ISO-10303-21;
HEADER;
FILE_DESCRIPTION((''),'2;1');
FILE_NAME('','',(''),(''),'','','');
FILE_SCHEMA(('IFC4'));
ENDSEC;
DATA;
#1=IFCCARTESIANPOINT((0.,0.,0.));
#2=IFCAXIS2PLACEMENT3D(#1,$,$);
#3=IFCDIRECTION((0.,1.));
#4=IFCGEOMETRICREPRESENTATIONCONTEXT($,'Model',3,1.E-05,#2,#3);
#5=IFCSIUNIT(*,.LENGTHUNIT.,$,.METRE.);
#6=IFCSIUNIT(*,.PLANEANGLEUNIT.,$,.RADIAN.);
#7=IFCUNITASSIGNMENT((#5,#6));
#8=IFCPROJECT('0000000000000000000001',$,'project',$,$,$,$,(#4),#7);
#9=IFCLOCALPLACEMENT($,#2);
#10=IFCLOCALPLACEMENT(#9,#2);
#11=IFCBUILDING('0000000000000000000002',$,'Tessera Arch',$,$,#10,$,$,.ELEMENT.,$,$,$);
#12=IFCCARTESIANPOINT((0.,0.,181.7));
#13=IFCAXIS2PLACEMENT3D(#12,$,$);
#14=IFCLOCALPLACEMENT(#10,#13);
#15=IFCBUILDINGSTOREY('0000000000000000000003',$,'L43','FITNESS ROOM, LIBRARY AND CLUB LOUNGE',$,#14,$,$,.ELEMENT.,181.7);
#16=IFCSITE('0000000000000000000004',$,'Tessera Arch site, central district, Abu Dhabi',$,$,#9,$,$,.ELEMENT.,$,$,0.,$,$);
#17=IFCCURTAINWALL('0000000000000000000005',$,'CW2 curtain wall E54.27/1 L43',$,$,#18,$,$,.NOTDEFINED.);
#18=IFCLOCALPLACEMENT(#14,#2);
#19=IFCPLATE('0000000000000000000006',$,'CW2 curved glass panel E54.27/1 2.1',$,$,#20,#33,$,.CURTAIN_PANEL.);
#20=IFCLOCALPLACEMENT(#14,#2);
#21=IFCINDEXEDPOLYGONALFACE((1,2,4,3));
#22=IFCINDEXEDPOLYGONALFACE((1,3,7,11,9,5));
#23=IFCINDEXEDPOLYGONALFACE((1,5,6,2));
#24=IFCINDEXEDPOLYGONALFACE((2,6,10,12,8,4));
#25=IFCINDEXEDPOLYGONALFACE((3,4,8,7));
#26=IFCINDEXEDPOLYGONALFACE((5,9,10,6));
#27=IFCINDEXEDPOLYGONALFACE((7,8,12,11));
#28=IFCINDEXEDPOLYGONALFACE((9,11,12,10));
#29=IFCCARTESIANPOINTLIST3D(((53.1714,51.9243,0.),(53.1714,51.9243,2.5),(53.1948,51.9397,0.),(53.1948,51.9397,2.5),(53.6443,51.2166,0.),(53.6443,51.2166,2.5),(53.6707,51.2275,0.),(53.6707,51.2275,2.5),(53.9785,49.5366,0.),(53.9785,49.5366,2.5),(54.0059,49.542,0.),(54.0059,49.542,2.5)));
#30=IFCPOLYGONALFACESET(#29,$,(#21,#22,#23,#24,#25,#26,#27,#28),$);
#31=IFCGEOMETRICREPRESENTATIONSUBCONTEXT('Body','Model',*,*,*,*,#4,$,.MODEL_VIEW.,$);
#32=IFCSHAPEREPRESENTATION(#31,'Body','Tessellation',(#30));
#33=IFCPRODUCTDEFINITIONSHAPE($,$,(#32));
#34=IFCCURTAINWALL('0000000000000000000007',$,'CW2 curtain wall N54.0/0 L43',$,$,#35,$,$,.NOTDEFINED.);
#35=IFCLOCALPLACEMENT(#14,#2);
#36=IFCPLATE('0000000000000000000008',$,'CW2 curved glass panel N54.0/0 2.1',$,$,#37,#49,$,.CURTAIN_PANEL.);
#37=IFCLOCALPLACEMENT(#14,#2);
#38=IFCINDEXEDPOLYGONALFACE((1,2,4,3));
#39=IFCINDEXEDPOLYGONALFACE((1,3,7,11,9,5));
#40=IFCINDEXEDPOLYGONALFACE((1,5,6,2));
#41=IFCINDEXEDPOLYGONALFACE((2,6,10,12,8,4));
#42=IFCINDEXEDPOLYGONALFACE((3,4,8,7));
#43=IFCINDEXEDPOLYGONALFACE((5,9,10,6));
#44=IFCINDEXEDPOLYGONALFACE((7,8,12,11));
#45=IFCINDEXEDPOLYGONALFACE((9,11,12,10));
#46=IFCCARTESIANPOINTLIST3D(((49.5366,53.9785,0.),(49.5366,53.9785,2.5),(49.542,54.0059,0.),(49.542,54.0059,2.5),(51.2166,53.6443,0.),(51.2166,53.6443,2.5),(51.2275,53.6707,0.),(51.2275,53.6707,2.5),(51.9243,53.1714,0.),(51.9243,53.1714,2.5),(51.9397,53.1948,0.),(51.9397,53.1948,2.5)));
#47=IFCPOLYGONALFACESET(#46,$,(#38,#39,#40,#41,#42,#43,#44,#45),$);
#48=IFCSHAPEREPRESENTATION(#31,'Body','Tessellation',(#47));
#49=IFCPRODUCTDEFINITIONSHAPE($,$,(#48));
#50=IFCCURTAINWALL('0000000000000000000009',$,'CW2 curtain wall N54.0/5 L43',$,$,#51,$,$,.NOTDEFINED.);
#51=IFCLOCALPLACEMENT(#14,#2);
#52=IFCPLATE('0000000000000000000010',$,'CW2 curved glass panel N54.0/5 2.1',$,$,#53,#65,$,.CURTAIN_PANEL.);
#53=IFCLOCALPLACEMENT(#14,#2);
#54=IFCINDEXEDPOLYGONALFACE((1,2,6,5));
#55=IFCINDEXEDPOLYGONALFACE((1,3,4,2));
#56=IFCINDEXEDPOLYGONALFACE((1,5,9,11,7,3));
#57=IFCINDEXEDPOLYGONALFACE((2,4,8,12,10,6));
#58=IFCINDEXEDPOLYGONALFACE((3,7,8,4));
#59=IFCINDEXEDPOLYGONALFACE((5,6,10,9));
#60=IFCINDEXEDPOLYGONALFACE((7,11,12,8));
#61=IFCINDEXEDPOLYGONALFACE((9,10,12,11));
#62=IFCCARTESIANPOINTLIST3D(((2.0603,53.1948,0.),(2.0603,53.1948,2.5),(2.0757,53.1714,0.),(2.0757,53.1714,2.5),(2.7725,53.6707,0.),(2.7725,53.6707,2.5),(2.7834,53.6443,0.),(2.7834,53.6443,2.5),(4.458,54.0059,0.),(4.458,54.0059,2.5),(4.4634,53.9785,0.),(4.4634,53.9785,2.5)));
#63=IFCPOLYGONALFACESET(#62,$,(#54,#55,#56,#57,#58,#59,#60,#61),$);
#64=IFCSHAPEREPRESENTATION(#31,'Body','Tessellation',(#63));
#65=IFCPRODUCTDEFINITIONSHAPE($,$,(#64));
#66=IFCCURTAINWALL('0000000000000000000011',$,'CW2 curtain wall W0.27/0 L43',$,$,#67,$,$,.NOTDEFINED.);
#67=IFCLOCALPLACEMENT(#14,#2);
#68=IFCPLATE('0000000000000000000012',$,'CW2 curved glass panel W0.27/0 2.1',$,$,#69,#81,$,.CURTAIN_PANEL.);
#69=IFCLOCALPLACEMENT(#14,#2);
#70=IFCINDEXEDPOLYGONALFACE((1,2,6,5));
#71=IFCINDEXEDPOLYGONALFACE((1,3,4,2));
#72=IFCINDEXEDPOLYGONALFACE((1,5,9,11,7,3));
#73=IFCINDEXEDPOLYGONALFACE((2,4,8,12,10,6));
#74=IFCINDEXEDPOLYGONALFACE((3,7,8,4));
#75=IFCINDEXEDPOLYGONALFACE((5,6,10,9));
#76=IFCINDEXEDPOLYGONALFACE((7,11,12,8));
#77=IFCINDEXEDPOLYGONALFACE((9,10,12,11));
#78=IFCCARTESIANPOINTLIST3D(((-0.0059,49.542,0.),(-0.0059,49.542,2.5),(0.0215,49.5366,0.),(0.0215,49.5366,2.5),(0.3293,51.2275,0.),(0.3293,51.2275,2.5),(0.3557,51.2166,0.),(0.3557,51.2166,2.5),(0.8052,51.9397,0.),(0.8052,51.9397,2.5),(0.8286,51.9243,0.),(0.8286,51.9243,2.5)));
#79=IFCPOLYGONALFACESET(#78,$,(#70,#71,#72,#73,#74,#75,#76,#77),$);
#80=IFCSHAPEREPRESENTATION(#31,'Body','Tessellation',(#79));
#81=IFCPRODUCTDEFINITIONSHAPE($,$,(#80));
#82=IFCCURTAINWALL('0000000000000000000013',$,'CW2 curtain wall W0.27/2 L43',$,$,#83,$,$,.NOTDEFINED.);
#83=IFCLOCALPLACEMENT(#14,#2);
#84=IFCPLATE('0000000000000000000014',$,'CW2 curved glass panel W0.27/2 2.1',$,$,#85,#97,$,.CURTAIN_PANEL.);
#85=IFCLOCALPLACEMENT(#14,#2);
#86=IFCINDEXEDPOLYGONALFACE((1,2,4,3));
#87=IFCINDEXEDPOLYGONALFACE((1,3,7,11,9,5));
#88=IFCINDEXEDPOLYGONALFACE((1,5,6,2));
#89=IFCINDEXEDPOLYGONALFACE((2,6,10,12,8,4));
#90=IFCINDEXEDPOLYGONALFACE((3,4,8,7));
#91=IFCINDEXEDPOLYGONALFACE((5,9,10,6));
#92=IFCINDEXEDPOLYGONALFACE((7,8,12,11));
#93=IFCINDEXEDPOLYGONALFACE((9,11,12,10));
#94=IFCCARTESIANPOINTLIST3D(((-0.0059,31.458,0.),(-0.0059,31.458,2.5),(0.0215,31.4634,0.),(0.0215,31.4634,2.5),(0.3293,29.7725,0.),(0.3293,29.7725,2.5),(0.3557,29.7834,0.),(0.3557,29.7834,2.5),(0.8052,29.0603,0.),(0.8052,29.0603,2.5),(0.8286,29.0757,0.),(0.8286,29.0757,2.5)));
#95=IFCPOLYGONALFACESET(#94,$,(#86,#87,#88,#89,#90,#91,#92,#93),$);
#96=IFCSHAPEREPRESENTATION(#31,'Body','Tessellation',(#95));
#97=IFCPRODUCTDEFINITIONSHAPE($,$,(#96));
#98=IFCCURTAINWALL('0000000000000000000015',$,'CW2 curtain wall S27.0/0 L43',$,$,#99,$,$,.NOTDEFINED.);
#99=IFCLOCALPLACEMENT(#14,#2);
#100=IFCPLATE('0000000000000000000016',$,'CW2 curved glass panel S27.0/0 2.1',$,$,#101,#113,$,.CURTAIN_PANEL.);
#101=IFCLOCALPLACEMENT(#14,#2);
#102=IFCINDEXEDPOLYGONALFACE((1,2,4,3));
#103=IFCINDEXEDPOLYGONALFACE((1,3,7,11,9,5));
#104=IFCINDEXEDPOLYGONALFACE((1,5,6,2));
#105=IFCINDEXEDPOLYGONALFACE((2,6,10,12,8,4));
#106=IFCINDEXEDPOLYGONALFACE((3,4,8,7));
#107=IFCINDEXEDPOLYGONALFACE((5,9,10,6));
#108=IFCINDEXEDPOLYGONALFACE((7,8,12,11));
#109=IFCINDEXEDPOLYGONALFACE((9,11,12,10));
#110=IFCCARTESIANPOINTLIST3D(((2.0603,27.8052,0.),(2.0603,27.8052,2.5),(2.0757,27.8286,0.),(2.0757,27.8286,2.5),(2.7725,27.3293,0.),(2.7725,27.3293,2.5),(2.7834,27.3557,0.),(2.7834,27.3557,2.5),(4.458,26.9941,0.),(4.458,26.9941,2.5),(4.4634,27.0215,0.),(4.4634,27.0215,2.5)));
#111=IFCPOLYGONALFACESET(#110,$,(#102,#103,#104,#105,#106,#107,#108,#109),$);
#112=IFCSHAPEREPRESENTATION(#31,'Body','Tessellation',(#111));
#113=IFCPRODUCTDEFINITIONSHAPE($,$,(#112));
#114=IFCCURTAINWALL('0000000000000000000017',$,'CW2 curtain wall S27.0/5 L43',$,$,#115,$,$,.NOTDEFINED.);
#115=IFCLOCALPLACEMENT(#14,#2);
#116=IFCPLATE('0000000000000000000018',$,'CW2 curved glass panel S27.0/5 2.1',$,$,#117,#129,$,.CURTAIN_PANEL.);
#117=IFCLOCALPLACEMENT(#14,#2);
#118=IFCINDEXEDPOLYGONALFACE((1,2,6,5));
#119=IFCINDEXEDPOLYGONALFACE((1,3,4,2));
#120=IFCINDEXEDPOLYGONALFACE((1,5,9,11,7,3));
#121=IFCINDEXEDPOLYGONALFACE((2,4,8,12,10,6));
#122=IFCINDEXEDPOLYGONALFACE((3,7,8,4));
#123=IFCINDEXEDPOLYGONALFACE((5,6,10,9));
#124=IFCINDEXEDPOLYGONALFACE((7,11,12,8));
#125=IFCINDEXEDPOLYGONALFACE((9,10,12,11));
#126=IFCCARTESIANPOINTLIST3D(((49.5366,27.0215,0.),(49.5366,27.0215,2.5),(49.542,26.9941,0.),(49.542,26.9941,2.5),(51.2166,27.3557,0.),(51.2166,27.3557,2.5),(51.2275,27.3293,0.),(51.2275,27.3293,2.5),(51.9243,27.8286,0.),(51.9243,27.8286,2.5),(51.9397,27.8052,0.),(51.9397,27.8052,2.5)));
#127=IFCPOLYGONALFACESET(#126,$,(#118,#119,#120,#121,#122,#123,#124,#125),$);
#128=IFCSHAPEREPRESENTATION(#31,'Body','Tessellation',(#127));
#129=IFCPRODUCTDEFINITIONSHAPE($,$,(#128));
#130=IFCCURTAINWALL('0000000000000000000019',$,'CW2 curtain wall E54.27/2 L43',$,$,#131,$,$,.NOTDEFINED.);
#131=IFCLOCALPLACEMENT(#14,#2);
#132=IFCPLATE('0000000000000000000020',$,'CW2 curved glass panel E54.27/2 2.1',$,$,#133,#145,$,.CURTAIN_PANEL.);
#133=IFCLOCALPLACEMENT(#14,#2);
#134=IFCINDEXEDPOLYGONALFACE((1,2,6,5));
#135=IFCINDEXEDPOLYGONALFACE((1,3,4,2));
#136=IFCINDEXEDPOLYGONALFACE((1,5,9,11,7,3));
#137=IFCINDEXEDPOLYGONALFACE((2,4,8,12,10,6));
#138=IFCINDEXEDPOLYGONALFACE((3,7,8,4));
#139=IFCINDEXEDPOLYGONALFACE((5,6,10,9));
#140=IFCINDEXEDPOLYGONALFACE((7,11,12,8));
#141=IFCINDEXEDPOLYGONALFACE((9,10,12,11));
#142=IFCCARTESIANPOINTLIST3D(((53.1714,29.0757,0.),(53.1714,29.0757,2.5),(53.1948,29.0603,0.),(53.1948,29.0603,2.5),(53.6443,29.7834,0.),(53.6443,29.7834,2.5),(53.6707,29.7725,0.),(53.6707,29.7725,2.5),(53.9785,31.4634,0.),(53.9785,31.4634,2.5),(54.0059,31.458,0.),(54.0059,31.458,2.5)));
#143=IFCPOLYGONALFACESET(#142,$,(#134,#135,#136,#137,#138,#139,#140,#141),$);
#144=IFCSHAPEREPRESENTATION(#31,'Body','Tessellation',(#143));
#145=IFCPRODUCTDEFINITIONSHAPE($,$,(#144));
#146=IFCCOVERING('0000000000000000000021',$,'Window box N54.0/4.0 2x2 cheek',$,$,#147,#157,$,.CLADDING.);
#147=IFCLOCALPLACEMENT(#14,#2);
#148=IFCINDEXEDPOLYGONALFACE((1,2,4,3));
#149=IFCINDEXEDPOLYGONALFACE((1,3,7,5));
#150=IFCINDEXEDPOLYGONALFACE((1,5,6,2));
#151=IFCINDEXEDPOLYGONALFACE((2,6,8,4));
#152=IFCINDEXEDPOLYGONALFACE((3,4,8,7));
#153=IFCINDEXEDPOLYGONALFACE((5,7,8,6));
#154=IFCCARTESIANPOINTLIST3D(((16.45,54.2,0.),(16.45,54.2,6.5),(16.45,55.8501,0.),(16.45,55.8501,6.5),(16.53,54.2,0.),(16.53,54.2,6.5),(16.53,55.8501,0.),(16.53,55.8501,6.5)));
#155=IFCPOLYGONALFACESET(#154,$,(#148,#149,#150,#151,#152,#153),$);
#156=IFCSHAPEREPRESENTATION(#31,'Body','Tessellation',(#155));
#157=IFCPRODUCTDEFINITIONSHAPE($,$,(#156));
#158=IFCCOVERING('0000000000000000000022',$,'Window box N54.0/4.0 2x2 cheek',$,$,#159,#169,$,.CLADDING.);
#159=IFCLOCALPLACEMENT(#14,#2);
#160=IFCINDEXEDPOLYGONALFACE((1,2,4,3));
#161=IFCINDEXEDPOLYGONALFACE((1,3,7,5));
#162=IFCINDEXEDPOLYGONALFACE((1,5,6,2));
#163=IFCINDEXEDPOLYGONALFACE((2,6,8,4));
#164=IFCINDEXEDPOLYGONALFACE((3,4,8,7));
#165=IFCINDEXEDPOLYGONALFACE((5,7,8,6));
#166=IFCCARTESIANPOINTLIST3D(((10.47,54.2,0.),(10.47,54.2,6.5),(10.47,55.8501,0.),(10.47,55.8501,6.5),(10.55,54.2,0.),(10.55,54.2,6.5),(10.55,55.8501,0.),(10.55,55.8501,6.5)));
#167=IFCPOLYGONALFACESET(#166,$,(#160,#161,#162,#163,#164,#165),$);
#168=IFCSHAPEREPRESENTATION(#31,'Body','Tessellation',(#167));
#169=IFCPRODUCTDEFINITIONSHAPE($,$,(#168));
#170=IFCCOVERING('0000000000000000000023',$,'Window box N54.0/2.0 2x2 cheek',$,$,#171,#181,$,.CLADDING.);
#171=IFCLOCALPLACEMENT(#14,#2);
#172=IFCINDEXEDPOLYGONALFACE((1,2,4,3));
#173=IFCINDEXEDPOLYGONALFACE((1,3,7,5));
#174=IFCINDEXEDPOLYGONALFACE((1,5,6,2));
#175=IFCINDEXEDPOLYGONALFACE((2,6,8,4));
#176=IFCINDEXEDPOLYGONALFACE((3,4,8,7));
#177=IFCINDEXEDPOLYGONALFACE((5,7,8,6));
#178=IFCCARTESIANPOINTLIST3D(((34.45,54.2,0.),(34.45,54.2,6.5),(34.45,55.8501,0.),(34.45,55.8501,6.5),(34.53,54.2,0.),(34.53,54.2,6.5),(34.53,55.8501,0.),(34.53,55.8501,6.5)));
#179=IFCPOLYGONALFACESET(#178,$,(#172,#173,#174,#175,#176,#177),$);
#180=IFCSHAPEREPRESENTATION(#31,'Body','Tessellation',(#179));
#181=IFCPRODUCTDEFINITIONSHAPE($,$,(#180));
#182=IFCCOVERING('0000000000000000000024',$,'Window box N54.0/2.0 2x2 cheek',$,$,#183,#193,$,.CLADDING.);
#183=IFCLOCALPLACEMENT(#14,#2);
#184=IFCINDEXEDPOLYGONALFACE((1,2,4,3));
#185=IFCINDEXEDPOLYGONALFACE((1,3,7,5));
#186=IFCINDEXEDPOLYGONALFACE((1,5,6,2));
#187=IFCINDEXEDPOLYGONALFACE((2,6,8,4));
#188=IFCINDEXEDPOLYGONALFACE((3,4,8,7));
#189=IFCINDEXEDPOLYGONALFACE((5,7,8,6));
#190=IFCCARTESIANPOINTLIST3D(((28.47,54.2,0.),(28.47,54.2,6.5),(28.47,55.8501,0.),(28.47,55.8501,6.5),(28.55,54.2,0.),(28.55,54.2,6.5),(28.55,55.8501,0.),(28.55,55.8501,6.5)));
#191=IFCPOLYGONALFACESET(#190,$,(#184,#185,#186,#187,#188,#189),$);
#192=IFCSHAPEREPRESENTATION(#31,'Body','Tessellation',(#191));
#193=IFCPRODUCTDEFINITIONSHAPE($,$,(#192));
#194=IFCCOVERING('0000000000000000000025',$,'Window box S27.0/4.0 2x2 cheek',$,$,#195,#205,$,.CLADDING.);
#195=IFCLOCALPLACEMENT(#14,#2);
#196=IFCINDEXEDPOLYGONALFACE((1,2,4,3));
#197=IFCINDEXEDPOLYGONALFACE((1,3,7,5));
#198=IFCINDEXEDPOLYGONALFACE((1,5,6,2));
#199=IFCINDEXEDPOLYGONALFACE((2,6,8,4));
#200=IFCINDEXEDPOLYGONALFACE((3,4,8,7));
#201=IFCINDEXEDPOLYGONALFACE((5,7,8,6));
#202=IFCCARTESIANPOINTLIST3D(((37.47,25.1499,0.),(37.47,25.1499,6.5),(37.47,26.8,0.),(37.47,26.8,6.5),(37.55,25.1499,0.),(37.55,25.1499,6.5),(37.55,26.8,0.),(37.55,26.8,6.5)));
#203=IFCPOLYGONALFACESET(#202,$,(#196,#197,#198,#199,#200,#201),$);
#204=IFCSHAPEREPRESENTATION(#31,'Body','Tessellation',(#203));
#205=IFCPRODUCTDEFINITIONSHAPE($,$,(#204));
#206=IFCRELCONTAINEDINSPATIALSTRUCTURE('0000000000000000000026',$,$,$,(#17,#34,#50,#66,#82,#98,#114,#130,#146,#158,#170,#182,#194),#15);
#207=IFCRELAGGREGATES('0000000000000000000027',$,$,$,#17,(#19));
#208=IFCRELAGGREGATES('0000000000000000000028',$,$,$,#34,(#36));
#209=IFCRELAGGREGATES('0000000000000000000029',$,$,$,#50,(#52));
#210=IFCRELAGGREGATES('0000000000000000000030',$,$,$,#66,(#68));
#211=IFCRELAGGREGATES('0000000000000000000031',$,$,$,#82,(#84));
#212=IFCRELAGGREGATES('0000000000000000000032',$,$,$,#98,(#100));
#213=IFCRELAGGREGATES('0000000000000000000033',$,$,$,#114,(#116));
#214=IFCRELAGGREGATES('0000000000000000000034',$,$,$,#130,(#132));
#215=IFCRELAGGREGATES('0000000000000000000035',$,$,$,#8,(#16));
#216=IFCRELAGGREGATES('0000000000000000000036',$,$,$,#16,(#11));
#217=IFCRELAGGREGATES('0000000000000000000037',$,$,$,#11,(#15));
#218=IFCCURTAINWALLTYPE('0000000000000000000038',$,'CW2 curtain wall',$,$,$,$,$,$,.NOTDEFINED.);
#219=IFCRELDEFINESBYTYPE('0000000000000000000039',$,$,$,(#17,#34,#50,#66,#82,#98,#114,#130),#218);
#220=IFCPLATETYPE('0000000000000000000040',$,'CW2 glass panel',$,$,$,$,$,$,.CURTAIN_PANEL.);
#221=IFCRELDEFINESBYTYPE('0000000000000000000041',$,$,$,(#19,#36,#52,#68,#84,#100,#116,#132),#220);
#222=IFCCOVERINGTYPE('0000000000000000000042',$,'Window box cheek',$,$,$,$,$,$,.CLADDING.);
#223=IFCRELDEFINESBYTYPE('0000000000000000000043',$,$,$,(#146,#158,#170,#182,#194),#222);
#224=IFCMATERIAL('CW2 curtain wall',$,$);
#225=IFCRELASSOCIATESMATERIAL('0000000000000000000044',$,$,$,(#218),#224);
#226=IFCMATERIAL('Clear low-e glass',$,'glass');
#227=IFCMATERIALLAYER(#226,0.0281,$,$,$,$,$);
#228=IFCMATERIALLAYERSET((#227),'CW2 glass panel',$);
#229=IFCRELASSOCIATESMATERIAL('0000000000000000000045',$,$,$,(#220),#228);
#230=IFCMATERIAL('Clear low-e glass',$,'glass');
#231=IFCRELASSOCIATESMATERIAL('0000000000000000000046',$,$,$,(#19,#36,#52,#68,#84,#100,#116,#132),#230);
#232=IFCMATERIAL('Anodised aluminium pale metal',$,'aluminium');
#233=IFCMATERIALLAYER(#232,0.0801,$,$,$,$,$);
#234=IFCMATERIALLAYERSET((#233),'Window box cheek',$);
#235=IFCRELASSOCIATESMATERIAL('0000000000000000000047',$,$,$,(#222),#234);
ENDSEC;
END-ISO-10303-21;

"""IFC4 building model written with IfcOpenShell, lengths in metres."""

from ifc_helpers import new_model, si_unit, direction, frame, origin, place, context, subcontext, project, spatial, polyline, outline, extrude, material, layer, layer_set, type_object, element, aggregate, save


model = new_model("IFC4")

# Units and contexts
model_context = context("Model", 3, precision=1e-05, world=origin(), true_north=direction((0.0, 1.0)))
body_context = subcontext(model_context, "Body", "Model", "MODEL_VIEW")
ifc_project = project(units=[si_unit("LENGTHUNIT", "METRE"), si_unit("PLANEANGLEUNIT", "RADIAN")], contexts=[model_context])

# Site, building, storey
site_placement = place(None, origin())
site = spatial("IfcSite", under=ifc_project, at=site_placement, Name="Tessera Arch site, central district, Abu Dhabi", CompositionType="ELEMENT", RefElevation=0.0)
building_placement = place(site_placement, origin())
building = spatial("IfcBuilding", under=site, at=building_placement, Name="Tessera Arch", CompositionType="ELEMENT")
storey_placement = place(building_placement, frame((0.0, 0.0, 181.7)))
storey = spatial("IfcBuildingStorey", under=building, at=storey_placement, Name="L43", Description="FITNESS ROOM, LIBRARY AND CLUB LOUNGE", CompositionType="ELEMENT", Elevation=181.7)

# Curtain walls, plates
ifc_material_1 = material(Name="CW2 curtain wall")
curtain_wall_type = type_object("IfcCurtainWallType", Name="CW2 curtain wall", PredefinedType="NOTDEFINED", material=ifc_material_1)
curtain_wall_1_placement = place(storey_placement, origin())
curtain_wall_1 = element("IfcCurtainWall", 1, at=curtain_wall_1_placement, inside=storey, type_object=curtain_wall_type, Name="CW2 curtain wall E54.27/1 L43", PredefinedType="NOTDEFINED")
ifc_material_2 = material(Name="Clear low-e glass", Category="glass")
ifc_material_3 = material(Name="Clear low-e glass", Category="glass")
ifc_layer_1 = layer(ifc_material_3, 0.0281)
ifc_layer_set_1 = layer_set([ifc_layer_1], Name="CW2 glass panel")
plate_type = type_object("IfcPlateType", Name="CW2 glass panel", PredefinedType="CURTAIN_PANEL", material=ifc_layer_set_1)
plate_1_placement = place(storey_placement, origin())
plate_1 = element("IfcPlate", 2, at=plate_1_placement, type_object=plate_type, material=ifc_material_2, Name="CW2 curved glass panel E54.27/1 2.1", PredefinedType="CURTAIN_PANEL", context=body_context, shape_type="SweptSolid", body=[
    extrude(outline(polyline([(53.6443, 51.2166), (53.9785, 49.5366), (54.0059, 49.542), (53.6707, 51.2275), (53.1948, 51.9397), (53.1714, 51.9243), (53.6443, 51.2166)])), origin(), (0.0, 0.0, 1.0), 2.5),
])
aggregate(curtain_wall_1, [plate_1])
curtain_wall_2_placement = place(storey_placement, origin())
curtain_wall_2 = element("IfcCurtainWall", 3, at=curtain_wall_2_placement, inside=storey, type_object=curtain_wall_type, Name="CW2 curtain wall N54.0/0 L43", PredefinedType="NOTDEFINED")
plate_2_placement = place(storey_placement, origin())
plate_2 = element("IfcPlate", 4, at=plate_2_placement, type_object=plate_type, material=ifc_material_2, Name="CW2 curved glass panel N54.0/0 2.1", PredefinedType="CURTAIN_PANEL", context=body_context, shape_type="SweptSolid", body=[
    extrude(outline(polyline([(51.2166, 53.6443), (51.9243, 53.1714), (51.9397, 53.1948), (51.2275, 53.6707), (49.542, 54.0059), (49.5366, 53.9785), (51.2166, 53.6443)])), origin(), (0.0, 0.0, 1.0), 2.5),
])
aggregate(curtain_wall_2, [plate_2])
curtain_wall_3_placement = place(storey_placement, origin())
curtain_wall_3 = element("IfcCurtainWall", 5, at=curtain_wall_3_placement, inside=storey, type_object=curtain_wall_type, Name="CW2 curtain wall N54.0/5 L43", PredefinedType="NOTDEFINED")
plate_3_placement = place(storey_placement, origin())
plate_3 = element("IfcPlate", 6, at=plate_3_placement, type_object=plate_type, material=ifc_material_2, Name="CW2 curved glass panel N54.0/5 2.1", PredefinedType="CURTAIN_PANEL", context=body_context, shape_type="SweptSolid", body=[
    extrude(outline(polyline([(2.7834, 53.6443), (4.4634, 53.9785), (4.458, 54.0059), (2.7725, 53.6707), (2.0603, 53.1948), (2.0757, 53.1714), (2.7834, 53.6443)])), origin(), (0.0, 0.0, 1.0), 2.5),
])
aggregate(curtain_wall_3, [plate_3])
curtain_wall_4_placement = place(storey_placement, origin())
curtain_wall_4 = element("IfcCurtainWall", 7, at=curtain_wall_4_placement, inside=storey, type_object=curtain_wall_type, Name="CW2 curtain wall W0.27/0 L43", PredefinedType="NOTDEFINED")
plate_4_placement = place(storey_placement, origin())
plate_4 = element("IfcPlate", 8, at=plate_4_placement, type_object=plate_type, material=ifc_material_2, Name="CW2 curved glass panel W0.27/0 2.1", PredefinedType="CURTAIN_PANEL", context=body_context, shape_type="SweptSolid", body=[
    extrude(outline(polyline([(0.3557, 51.2166), (0.8286, 51.9243), (0.8052, 51.9397), (0.3293, 51.2275), (-0.0059, 49.542), (0.0215, 49.5366), (0.3557, 51.2166)])), origin(), (0.0, 0.0, 1.0), 2.5),
])
aggregate(curtain_wall_4, [plate_4])
curtain_wall_5_placement = place(storey_placement, origin())
curtain_wall_5 = element("IfcCurtainWall", 9, at=curtain_wall_5_placement, inside=storey, type_object=curtain_wall_type, Name="CW2 curtain wall W0.27/2 L43", PredefinedType="NOTDEFINED")
plate_5_placement = place(storey_placement, origin())
plate_5 = element("IfcPlate", 10, at=plate_5_placement, type_object=plate_type, material=ifc_material_2, Name="CW2 curved glass panel W0.27/2 2.1", PredefinedType="CURTAIN_PANEL", context=body_context, shape_type="SweptSolid", body=[
    extrude(outline(polyline([(0.3557, 29.7834), (0.0215, 31.4634), (-0.0059, 31.458), (0.3293, 29.7725), (0.8052, 29.0603), (0.8286, 29.0757), (0.3557, 29.7834)])), origin(), (0.0, 0.0, 1.0), 2.5),
])
aggregate(curtain_wall_5, [plate_5])
curtain_wall_6_placement = place(storey_placement, origin())
curtain_wall_6 = element("IfcCurtainWall", 11, at=curtain_wall_6_placement, inside=storey, type_object=curtain_wall_type, Name="CW2 curtain wall S27.0/0 L43", PredefinedType="NOTDEFINED")
plate_6_placement = place(storey_placement, origin())
plate_6 = element("IfcPlate", 12, at=plate_6_placement, type_object=plate_type, material=ifc_material_2, Name="CW2 curved glass panel S27.0/0 2.1", PredefinedType="CURTAIN_PANEL", context=body_context, shape_type="SweptSolid", body=[
    extrude(outline(polyline([(2.7834, 27.3557), (2.0757, 27.8286), (2.0603, 27.8052), (2.7725, 27.3293), (4.458, 26.9941), (4.4634, 27.0215), (2.7834, 27.3557)])), origin(), (0.0, 0.0, 1.0), 2.5),
])
aggregate(curtain_wall_6, [plate_6])
curtain_wall_7_placement = place(storey_placement, origin())
curtain_wall_7 = element("IfcCurtainWall", 13, at=curtain_wall_7_placement, inside=storey, type_object=curtain_wall_type, Name="CW2 curtain wall S27.0/5 L43", PredefinedType="NOTDEFINED")
plate_7_placement = place(storey_placement, origin())
plate_7 = element("IfcPlate", 14, at=plate_7_placement, type_object=plate_type, material=ifc_material_2, Name="CW2 curved glass panel S27.0/5 2.1", PredefinedType="CURTAIN_PANEL", context=body_context, shape_type="SweptSolid", body=[
    extrude(outline(polyline([(51.2166, 27.3557), (49.5366, 27.0215), (49.542, 26.9941), (51.2275, 27.3293), (51.9397, 27.8052), (51.9243, 27.8286), (51.2166, 27.3557)])), origin(), (0.0, 0.0, 1.0), 2.5),
])
aggregate(curtain_wall_7, [plate_7])
curtain_wall_8_placement = place(storey_placement, origin())
curtain_wall_8 = element("IfcCurtainWall", 15, at=curtain_wall_8_placement, inside=storey, type_object=curtain_wall_type, Name="CW2 curtain wall E54.27/2 L43", PredefinedType="NOTDEFINED")
plate_8_placement = place(storey_placement, origin())
plate_8 = element("IfcPlate", 16, at=plate_8_placement, type_object=plate_type, material=ifc_material_2, Name="CW2 curved glass panel E54.27/2 2.1", PredefinedType="CURTAIN_PANEL", context=body_context, shape_type="SweptSolid", body=[
    extrude(outline(polyline([(53.6443, 29.7834), (53.1714, 29.0757), (53.1948, 29.0603), (53.6707, 29.7725), (54.0059, 31.458), (53.9785, 31.4634), (53.6443, 29.7834)])), origin(), (0.0, 0.0, 1.0), 2.5),
])
aggregate(curtain_wall_8, [plate_8])

# Coverings
ifc_material_4 = material(Name="Anodised aluminium pale metal", Category="aluminium")
ifc_layer_2 = layer(ifc_material_4, 0.0801)
ifc_layer_set_2 = layer_set([ifc_layer_2], Name="Window box cheek")
covering_type_1 = type_object("IfcCoveringType", Name="Window box cheek", PredefinedType="CLADDING", material=ifc_layer_set_2)
covering_1_placement = place(storey_placement, origin())
element("IfcCovering", 17, at=covering_1_placement, inside=storey, type_object=covering_type_1, Name="Window box N54.0/4.0 2x2 cheek", PredefinedType="CLADDING", context=body_context, shape_type="SweptSolid", body=[
    extrude(outline(polyline([(16.53, 55.8501), (16.45, 55.8501), (16.45, 54.2), (16.53, 54.2), (16.53, 55.8501)])), origin(), (0.0, 0.0, 1.0), 6.5),
])
covering_2_placement = place(storey_placement, origin())
element("IfcCovering", 18, at=covering_2_placement, inside=storey, type_object=covering_type_1, Name="Window box N54.0/4.0 2x2 cheek", PredefinedType="CLADDING", context=body_context, shape_type="SweptSolid", body=[
    extrude(outline(polyline([(10.55, 55.8501), (10.47, 55.8501), (10.47, 54.2), (10.55, 54.2), (10.55, 55.8501)])), origin(), (0.0, 0.0, 1.0), 6.5),
])
covering_3_placement = place(storey_placement, origin())
element("IfcCovering", 19, at=covering_3_placement, inside=storey, type_object=covering_type_1, Name="Window box N54.0/2.0 2x2 cheek", PredefinedType="CLADDING", context=body_context, shape_type="SweptSolid", body=[
    extrude(outline(polyline([(34.53, 55.8501), (34.45, 55.8501), (34.45, 54.2), (34.53, 54.2), (34.53, 55.8501)])), origin(), (0.0, 0.0, 1.0), 6.5),
])
covering_4_placement = place(storey_placement, origin())
element("IfcCovering", 20, at=covering_4_placement, inside=storey, type_object=covering_type_1, Name="Window box N54.0/2.0 2x2 cheek", PredefinedType="CLADDING", context=body_context, shape_type="SweptSolid", body=[
    extrude(outline(polyline([(28.55, 55.8501), (28.47, 55.8501), (28.47, 54.2), (28.55, 54.2), (28.55, 55.8501)])), origin(), (0.0, 0.0, 1.0), 6.5),
])
covering_5_placement = place(storey_placement, origin())
element("IfcCovering", 21, at=covering_5_placement, inside=storey, type_object=covering_type_1, Name="Window box S27.0/4.0 2x2 cheek", PredefinedType="CLADDING", context=body_context, shape_type="SweptSolid", body=[
    extrude(outline(polyline([(37.47, 25.1499), (37.55, 25.1499), (37.55, 26.8), (37.47, 26.8), (37.47, 25.1499)])), origin(), (0.0, 0.0, 1.0), 6.5),
])

save(model, "model.ifc")
